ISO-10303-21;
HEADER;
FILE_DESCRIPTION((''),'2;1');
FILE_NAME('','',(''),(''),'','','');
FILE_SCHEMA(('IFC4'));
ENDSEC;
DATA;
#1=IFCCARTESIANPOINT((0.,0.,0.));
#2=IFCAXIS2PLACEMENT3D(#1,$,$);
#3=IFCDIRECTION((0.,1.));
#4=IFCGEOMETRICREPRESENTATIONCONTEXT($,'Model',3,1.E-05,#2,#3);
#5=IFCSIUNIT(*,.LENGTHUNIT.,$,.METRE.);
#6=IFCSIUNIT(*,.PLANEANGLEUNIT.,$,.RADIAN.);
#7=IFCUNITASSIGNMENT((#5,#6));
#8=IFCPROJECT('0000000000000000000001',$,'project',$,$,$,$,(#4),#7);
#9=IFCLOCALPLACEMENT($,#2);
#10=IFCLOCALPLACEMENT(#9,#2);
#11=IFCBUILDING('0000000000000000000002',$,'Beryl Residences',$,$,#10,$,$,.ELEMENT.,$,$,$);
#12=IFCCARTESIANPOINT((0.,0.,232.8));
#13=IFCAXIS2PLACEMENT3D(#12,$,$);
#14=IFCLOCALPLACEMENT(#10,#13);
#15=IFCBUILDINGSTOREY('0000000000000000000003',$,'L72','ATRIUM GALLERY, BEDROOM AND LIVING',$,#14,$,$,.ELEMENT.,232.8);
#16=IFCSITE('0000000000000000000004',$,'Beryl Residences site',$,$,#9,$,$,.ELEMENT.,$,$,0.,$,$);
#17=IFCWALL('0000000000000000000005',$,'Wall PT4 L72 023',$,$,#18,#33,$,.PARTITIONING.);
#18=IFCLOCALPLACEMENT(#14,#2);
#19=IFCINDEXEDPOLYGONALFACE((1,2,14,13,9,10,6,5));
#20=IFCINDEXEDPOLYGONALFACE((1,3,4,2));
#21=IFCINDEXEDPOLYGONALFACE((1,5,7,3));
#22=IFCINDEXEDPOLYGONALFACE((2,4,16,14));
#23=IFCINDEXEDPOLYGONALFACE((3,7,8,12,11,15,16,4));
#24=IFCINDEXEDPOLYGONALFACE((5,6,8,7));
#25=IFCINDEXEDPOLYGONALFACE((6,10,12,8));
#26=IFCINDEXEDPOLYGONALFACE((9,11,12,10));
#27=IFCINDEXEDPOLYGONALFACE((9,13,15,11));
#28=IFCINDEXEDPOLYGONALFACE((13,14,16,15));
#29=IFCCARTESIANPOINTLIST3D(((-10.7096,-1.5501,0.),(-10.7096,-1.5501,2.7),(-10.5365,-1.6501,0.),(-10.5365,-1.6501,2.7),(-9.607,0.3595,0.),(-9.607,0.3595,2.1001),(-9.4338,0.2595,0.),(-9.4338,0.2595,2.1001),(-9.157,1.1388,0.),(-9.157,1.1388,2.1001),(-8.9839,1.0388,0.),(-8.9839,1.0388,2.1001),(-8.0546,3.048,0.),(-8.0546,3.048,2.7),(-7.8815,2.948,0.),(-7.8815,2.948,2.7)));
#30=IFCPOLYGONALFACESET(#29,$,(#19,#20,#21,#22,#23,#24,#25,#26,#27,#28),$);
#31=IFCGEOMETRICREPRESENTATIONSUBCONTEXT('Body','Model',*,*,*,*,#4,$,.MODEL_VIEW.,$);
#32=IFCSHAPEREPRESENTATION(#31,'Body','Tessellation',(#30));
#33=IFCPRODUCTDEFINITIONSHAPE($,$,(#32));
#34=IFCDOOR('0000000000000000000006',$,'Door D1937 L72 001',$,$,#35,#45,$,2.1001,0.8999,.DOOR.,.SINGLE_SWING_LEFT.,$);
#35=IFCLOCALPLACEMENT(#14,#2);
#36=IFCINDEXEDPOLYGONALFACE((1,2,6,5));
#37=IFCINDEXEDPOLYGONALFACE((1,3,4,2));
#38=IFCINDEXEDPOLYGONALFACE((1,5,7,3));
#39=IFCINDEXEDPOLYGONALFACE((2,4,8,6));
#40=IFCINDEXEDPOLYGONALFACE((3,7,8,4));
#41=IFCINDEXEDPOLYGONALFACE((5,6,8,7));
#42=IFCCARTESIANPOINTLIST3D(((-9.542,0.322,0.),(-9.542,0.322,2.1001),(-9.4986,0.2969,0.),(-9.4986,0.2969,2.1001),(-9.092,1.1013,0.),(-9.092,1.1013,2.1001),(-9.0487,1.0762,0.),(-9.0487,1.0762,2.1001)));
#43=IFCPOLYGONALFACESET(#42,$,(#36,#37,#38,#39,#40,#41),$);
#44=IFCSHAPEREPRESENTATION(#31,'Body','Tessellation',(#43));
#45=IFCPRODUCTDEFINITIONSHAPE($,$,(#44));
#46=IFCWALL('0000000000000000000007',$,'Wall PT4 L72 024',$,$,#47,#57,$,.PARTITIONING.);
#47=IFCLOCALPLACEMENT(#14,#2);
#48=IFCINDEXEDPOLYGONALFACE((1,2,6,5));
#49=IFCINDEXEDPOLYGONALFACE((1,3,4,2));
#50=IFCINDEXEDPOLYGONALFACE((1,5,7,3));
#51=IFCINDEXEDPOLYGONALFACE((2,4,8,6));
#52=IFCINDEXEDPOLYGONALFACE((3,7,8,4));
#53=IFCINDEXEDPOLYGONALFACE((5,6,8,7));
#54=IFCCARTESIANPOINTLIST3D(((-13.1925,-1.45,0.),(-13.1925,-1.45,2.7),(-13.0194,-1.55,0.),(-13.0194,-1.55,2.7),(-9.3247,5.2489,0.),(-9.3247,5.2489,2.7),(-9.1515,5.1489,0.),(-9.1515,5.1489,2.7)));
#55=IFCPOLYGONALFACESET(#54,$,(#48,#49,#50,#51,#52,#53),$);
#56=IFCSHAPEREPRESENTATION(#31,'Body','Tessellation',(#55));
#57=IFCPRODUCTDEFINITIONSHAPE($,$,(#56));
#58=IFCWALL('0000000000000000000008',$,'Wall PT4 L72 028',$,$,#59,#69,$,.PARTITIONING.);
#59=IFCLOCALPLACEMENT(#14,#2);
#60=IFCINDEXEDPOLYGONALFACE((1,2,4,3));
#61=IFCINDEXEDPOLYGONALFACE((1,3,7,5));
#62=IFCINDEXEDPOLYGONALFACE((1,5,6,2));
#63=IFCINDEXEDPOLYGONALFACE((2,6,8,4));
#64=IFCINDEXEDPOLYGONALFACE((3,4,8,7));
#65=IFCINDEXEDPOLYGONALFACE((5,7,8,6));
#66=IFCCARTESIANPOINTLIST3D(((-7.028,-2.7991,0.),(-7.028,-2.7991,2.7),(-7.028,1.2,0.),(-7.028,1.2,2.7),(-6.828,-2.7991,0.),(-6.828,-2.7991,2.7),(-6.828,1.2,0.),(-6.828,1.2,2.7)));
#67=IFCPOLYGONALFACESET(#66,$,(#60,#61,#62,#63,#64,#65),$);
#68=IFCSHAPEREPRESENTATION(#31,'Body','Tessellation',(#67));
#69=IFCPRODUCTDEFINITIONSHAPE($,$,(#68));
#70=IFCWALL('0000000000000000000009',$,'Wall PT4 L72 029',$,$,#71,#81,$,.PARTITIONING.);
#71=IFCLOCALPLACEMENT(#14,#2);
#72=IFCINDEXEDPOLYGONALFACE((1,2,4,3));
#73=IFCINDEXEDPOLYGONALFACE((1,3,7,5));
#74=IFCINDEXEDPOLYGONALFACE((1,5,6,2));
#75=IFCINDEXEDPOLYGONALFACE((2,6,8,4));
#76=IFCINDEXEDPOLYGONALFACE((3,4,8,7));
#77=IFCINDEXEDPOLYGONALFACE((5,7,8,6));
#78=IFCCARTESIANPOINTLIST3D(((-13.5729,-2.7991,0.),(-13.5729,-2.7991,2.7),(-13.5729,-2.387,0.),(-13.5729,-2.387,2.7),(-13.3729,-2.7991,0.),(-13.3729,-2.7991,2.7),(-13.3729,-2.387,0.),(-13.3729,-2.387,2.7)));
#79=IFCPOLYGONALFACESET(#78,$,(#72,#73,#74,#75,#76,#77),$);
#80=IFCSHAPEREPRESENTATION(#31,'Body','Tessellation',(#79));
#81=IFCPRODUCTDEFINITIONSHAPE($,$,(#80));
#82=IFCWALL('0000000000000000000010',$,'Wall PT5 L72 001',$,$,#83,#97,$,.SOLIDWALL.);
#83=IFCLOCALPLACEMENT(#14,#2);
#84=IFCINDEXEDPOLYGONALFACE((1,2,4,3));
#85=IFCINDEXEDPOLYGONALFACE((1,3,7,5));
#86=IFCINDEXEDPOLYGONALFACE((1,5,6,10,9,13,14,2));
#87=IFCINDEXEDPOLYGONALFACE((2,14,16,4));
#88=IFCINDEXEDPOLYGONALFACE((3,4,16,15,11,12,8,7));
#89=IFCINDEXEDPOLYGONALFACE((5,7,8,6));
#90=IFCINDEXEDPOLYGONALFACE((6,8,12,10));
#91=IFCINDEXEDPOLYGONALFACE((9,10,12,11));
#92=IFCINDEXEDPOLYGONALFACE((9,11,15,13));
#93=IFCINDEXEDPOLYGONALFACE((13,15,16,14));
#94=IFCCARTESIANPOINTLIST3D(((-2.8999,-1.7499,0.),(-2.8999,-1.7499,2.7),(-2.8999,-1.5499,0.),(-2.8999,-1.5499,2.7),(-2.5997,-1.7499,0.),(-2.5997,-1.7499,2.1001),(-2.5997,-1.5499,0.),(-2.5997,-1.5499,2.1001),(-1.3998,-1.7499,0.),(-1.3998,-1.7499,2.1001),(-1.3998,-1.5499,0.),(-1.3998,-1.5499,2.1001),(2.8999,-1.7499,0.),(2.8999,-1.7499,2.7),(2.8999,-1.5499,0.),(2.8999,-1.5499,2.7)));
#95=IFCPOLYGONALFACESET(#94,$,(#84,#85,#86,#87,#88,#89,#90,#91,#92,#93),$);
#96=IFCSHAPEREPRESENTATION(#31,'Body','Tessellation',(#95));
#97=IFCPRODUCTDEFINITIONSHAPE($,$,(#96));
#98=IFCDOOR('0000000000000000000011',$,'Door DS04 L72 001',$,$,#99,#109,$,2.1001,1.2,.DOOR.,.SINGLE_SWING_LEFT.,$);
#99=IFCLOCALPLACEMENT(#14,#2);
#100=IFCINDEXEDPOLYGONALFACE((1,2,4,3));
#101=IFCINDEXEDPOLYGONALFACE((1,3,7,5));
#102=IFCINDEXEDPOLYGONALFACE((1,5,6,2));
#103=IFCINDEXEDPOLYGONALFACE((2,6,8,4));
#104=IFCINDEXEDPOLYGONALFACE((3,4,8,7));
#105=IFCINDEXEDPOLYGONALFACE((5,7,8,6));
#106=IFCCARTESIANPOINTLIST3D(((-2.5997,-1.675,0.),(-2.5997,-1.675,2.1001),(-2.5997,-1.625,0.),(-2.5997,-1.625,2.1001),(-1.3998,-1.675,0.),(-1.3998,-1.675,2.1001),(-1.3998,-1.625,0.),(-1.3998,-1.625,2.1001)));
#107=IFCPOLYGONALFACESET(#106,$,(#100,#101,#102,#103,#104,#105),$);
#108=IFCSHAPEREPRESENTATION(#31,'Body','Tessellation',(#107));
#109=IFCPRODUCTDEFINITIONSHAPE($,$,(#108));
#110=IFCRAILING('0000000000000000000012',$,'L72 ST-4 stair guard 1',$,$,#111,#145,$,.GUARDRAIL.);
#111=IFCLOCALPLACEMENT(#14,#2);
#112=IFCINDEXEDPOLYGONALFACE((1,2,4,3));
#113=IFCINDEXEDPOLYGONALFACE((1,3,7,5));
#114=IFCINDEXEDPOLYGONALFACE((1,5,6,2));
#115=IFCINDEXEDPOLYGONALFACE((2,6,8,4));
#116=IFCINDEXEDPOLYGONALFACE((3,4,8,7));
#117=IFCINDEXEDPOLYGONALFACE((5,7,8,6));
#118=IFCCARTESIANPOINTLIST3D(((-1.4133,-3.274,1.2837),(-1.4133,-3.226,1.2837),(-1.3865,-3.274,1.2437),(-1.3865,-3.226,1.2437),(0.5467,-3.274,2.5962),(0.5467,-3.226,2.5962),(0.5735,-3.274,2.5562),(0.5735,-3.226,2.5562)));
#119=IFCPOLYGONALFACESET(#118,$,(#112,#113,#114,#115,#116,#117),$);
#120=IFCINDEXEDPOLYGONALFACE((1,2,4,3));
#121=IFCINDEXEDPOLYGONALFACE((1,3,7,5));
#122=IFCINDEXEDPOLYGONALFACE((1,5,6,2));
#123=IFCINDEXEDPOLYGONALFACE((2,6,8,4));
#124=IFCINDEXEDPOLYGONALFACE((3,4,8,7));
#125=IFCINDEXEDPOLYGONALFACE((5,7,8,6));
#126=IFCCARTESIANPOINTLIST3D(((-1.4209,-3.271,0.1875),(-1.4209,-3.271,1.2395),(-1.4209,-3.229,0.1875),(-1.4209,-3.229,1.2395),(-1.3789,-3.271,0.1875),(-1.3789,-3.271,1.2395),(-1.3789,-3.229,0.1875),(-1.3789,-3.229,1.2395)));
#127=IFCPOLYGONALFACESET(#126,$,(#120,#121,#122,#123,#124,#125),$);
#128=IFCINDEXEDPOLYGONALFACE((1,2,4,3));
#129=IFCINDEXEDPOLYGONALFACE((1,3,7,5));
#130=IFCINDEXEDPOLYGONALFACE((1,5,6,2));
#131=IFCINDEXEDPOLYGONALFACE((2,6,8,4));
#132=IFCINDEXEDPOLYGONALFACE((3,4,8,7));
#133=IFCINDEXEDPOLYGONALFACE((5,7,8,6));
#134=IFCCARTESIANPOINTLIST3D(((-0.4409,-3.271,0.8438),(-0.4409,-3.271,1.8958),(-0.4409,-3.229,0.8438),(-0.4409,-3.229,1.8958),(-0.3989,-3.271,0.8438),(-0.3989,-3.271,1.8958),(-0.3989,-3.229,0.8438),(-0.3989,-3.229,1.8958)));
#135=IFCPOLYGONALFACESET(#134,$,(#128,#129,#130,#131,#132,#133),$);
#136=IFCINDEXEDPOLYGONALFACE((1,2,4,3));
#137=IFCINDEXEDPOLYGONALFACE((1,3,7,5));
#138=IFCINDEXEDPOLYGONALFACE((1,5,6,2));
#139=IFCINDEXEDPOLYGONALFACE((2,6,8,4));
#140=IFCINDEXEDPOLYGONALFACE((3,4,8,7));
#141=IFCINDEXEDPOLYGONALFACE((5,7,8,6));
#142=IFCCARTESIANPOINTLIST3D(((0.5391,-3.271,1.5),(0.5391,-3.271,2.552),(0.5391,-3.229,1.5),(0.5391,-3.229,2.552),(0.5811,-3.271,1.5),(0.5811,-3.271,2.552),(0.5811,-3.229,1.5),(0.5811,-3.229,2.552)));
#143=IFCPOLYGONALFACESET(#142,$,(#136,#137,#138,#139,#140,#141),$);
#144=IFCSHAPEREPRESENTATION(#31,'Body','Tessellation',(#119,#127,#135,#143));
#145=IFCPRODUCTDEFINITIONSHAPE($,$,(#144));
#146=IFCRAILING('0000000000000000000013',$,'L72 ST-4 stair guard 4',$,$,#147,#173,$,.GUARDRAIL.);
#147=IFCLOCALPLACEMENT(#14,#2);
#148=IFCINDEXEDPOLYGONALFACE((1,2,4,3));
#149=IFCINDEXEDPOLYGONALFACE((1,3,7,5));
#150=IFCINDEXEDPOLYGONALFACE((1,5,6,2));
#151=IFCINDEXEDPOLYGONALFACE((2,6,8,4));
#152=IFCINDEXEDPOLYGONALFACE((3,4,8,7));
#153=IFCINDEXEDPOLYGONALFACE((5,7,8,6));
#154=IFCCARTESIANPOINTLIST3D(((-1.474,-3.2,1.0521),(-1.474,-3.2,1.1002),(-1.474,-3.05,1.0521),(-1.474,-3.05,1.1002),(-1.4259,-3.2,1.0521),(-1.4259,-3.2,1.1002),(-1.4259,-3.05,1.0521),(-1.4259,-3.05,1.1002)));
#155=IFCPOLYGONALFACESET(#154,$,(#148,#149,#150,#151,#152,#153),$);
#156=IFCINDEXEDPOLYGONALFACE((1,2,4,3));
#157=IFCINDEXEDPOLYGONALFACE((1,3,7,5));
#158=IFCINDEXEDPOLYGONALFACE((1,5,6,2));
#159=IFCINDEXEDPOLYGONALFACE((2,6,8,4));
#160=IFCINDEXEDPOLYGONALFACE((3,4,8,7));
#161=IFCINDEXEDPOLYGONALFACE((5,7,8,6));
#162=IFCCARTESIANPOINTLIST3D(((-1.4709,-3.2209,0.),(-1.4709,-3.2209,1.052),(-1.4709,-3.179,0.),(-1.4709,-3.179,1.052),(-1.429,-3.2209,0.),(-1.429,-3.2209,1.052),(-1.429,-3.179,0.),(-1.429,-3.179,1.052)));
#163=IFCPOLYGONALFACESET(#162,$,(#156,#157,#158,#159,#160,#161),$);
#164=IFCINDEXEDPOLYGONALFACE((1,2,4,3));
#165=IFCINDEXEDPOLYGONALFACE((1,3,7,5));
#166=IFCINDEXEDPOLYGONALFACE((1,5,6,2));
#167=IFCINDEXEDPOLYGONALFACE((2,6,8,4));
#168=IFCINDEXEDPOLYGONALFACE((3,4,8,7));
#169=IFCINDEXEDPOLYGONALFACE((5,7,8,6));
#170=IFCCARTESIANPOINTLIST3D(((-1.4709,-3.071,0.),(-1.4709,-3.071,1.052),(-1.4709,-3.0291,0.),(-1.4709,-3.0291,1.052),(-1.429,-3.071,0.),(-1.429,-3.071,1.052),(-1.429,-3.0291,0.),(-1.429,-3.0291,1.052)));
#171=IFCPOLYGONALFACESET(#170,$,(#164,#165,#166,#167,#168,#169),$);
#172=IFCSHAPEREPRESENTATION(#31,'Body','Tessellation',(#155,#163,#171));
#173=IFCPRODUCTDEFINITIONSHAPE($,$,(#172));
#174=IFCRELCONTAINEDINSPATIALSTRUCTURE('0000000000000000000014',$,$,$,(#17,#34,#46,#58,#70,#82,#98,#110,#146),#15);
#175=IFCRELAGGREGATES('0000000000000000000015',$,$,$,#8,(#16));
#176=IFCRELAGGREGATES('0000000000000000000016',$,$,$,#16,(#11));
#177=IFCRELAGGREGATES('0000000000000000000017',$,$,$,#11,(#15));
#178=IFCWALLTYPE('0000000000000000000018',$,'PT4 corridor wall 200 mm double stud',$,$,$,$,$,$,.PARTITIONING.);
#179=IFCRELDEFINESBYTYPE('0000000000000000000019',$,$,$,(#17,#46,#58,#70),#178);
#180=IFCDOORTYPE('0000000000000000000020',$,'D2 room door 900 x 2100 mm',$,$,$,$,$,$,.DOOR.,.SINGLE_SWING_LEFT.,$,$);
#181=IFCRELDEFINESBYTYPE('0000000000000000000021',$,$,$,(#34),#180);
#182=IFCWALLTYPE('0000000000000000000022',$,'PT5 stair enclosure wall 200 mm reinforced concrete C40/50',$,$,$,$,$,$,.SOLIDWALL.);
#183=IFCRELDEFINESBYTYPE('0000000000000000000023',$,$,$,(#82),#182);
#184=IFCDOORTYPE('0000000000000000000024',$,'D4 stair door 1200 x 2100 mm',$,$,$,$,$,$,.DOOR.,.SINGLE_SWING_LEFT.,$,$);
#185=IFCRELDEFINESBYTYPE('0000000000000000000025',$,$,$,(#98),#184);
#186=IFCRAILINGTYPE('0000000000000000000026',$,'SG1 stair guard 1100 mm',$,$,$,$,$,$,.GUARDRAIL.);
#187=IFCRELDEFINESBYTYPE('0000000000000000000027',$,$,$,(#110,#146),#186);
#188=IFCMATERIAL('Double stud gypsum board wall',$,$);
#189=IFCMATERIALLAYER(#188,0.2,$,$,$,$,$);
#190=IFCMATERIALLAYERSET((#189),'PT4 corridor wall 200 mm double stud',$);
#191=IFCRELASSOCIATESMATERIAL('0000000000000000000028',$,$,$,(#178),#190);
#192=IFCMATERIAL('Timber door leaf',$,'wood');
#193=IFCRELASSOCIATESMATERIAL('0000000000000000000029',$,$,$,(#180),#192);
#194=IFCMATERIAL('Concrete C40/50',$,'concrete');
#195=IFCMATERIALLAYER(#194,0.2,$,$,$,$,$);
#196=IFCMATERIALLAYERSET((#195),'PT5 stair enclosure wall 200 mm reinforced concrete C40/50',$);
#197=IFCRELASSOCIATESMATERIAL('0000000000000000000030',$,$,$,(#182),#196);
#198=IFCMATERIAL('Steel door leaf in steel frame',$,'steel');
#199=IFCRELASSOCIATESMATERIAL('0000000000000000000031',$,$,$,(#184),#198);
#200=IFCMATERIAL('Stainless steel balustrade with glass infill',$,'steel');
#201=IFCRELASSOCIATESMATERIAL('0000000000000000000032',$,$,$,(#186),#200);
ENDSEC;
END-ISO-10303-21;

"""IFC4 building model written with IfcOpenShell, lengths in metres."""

from ifc_helpers import new_model, si_unit, direction, frame, frame_2d, origin, origin_2d, place, context, subcontext, project, spatial, rectangle, extrude, material, layer, layer_set, type_object, element, fill, save


model = new_model("IFC4")

# Units and contexts
model_context = context("Model", 3, precision=1e-05, world=origin(), true_north=direction((0.0, 1.0)))
body_context = subcontext(model_context, "Body", "Model", "MODEL_VIEW")
ifc_project = project(units=[si_unit("LENGTHUNIT", "METRE"), si_unit("PLANEANGLEUNIT", "RADIAN")], contexts=[model_context])

# Site, building, storey
site_placement = place(None, origin())
site = spatial("IfcSite", under=ifc_project, at=site_placement, Name="Beryl Residences site", CompositionType="ELEMENT", RefElevation=0.0)
building_placement = place(site_placement, origin())
building = spatial("IfcBuilding", under=site, at=building_placement, Name="Beryl Residences", CompositionType="ELEMENT")
storey_placement = place(building_placement, frame((0.0, 0.0, 232.8)))
storey = spatial("IfcBuildingStorey", under=building, at=storey_placement, Name="L72", Description="ATRIUM GALLERY, BEDROOM AND LIVING", CompositionType="ELEMENT", Elevation=232.8)

# Shared definitions
ifc_material_1 = material(Name="Double stud gypsum board wall")
ifc_layer_1 = layer(ifc_material_1, 0.2)
ifc_layer_set_1 = layer_set([ifc_layer_1], Name="PT4 corridor wall 200 mm double stud")
wall_type_1 = type_object("IfcWallType", Name="PT4 corridor wall 200 mm double stud", PredefinedType="PARTITIONING", material=ifc_layer_set_1)

# Wall, opening, door
wall_1_placement = place(storey_placement, frame((-10.623, -1.6001, 0.0), z_axis=(0.0, 0.0, 1.0), x_axis=(0.500041, 0.866002, 0.0)))
wall_1 = element("IfcWall", 1, at=wall_1_placement, inside=storey, type_object=wall_type_1, Name="Wall PT4 L72 023", PredefinedType="PARTITIONING", context=body_context, shape_type="SweptSolid", body=[
    extrude(rectangle(XDim=5.3096, YDim=0.2, at=frame_2d((2.6548, 0.0))), origin(), (0.0, 0.0, 1.0), 2.7),
])
opening_1_placement = place(wall_1_placement, frame((2.2051, 0.0, 0.0)))
opening_1 = element("IfcOpeningElement", 2, at=opening_1_placement, cuts=wall_1, PredefinedType="OPENING", context=body_context, shape_type="SweptSolid", body=[
    extrude(rectangle(XDim=0.8999, YDim=2.1001, at=frame_2d((0.45, 1.05))), frame((0.0, 0.1099, 0.0), z_axis=(0.0, -1.0, 0.0), x_axis=(1.0, 0.0, 0.0)), (0.0, 0.0, 1.0), 0.22),
])
ifc_material_2 = material(Name="Timber door leaf", Category="wood")
door_type_1 = type_object("IfcDoorType", Name="D2 room door 900 x 2100 mm", OperationType="SINGLE_SWING_LEFT", PredefinedType="DOOR", material=ifc_material_2)
door_1_placement = place(opening_1_placement, origin())
door_1 = element("IfcDoor", 3, at=door_1_placement, inside=storey, type_object=door_type_1, Name="Door D1937 L72 001", OperationType="SINGLE_SWING_LEFT", OverallHeight=2.1001, OverallWidth=0.8999, PredefinedType="DOOR", context=body_context, shape_type="SweptSolid", body=[
    extrude(rectangle(XDim=0.8999, YDim=2.1001, at=frame_2d((0.45, 1.05))), frame((0.0, 0.0249, 0.0), z_axis=(0.0, -1.0, 0.0), x_axis=(1.0, 0.0, 0.0)), (0.0, 0.0, 1.0), 0.05),
])
fill(opening_1, door_1)

# Walls
wall_2_placement = place(storey_placement, frame((-13.106, -1.5, 0.0), z_axis=(0.0, 0.0, 1.0), x_axis=(0.500026, 0.866011, 0.0)))
element("IfcWall", 4, at=wall_2_placement, inside=storey, type_object=wall_type_1, Name="Wall PT4 L72 024", PredefinedType="PARTITIONING", context=body_context, shape_type="SweptSolid", body=[
    extrude(rectangle(XDim=7.7354, YDim=0.2, at=frame_2d((3.8677, 0.0))), origin(), (0.0, 0.0, 1.0), 2.7),
])
wall_3_placement = place(storey_placement, frame((-6.928, -2.7991, 0.0), z_axis=(0.0, 0.0, 1.0), x_axis=(0.0, 1.0, 0.0)))
element("IfcWall", 5, at=wall_3_placement, inside=storey, type_object=wall_type_1, Name="Wall PT4 L72 028", PredefinedType="PARTITIONING", context=body_context, shape_type="SweptSolid", body=[
    extrude(rectangle(XDim=3.999, YDim=0.2, at=frame_2d((1.9995, 0.0))), origin(), (0.0, 0.0, 1.0), 2.7),
])
wall_4_placement = place(storey_placement, frame((-13.4729, -2.7991, 0.0), z_axis=(0.0, 0.0, 1.0), x_axis=(0.0, 1.0, 0.0)))
element("IfcWall", 6, at=wall_4_placement, inside=storey, type_object=wall_type_1, Name="Wall PT4 L72 029", PredefinedType="PARTITIONING", context=body_context, shape_type="SweptSolid", body=[
    extrude(rectangle(XDim=0.4121, YDim=0.2, at=frame_2d((0.2061, 0.0))), origin(), (0.0, 0.0, 1.0), 2.7),
])

# Wall, opening, door
ifc_material_3 = material(Name="Concrete C40/50", Category="concrete")
ifc_layer_2 = layer(ifc_material_3, 0.2)
ifc_layer_set_2 = layer_set([ifc_layer_2], Name="PT5 stair enclosure wall 200 mm reinforced concrete C40/50")
wall_type_2 = type_object("IfcWallType", Name="PT5 stair enclosure wall 200 mm reinforced concrete C40/50", PredefinedType="SOLIDWALL", material=ifc_layer_set_2)
wall_5_placement = place(storey_placement, frame((-2.8999, -1.6499, 0.0), z_axis=(0.0, 0.0, 1.0), x_axis=(1.0, 0.0, 0.0)))
wall_5 = element("IfcWall", 7, at=wall_5_placement, inside=storey, type_object=wall_type_2, Name="Wall PT5 L72 001", PredefinedType="SOLIDWALL", context=body_context, shape_type="SweptSolid", body=[
    extrude(rectangle(XDim=5.7998, YDim=0.2, at=frame_2d((2.8999, 0.0))), origin(), (0.0, 0.0, 1.0), 2.7),
])
opening_2_placement = place(wall_5_placement, frame((0.3, 0.0, 0.0)))
opening_2 = element("IfcOpeningElement", 8, at=opening_2_placement, cuts=wall_5, PredefinedType="OPENING", context=body_context, shape_type="SweptSolid", body=[
    extrude(rectangle(XDim=1.2, YDim=2.1001, at=frame_2d((0.6001, 1.05))), frame((0.0, 0.1099, 0.0), z_axis=(0.0, -1.0, 0.0), x_axis=(1.0, 0.0, 0.0)), (0.0, 0.0, 1.0), 0.22),
])
ifc_material_4 = material(Name="Steel door leaf in steel frame", Category="steel")
door_type_2 = type_object("IfcDoorType", Name="D4 stair door 1200 x 2100 mm", OperationType="SINGLE_SWING_LEFT", PredefinedType="DOOR", material=ifc_material_4)
door_2_placement = place(opening_2_placement, origin())
door_2 = element("IfcDoor", 9, at=door_2_placement, inside=storey, type_object=door_type_2, Name="Door DS04 L72 001", OperationType="SINGLE_SWING_LEFT", OverallHeight=2.1001, OverallWidth=1.2, PredefinedType="DOOR", context=body_context, shape_type="SweptSolid", body=[
    extrude(rectangle(XDim=1.2, YDim=2.1001, at=frame_2d((0.6001, 1.05))), frame((0.0, 0.0249, 0.0), z_axis=(0.0, -1.0, 0.0), x_axis=(1.0, 0.0, 0.0)), (0.0, 0.0, 1.0), 0.05),
])
fill(opening_2, door_2)

# Railings
ifc_material_5 = material(Name="Stainless steel balustrade with glass infill", Category="steel")
railing_type = type_object("IfcRailingType", Name="SG1 stair guard 1100 mm", PredefinedType="GUARDRAIL", material=ifc_material_5)
railing_1_placement = place(storey_placement, frame((-1.3999, -3.25, 0.1875)))
element("IfcRailing", 10, at=railing_1_placement, inside=storey, type_object=railing_type, Name="L72 ST-4 stair guard 1", PredefinedType="GUARDRAIL", context=body_context, shape_type="SweptSolid", body=[
    extrude(rectangle(XDim=0.0481, YDim=0.0481, at=origin_2d()), frame((0.0, 0.0, 1.0762), z_axis=(0.830902, 0.0, 0.556419), x_axis=(0.0, 1.0, 0.0)), (0.0, 0.0, 1.0), 2.3589),
    extrude(rectangle(XDim=0.042, YDim=0.042, at=origin_2d()), origin(), (0.0, 0.0, 1.0), 1.052),
    extrude(rectangle(XDim=0.042, YDim=0.042, at=origin_2d()), frame((0.98, 0.0, 0.6562)), (0.0, 0.0, 1.0), 1.052),
    extrude(rectangle(XDim=0.042, YDim=0.042, at=origin_2d()), frame((1.96, 0.0, 1.3125)), (0.0, 0.0, 1.0), 1.052),
])
railing_2_placement = place(storey_placement, frame((-1.45, -3.2, 0.0)))
element("IfcRailing", 11, at=railing_2_placement, inside=storey, type_object=railing_type, Name="L72 ST-4 stair guard 4", PredefinedType="GUARDRAIL", context=body_context, shape_type="SweptSolid", body=[
    extrude(rectangle(XDim=0.0481, YDim=0.0481, at=origin_2d()), frame((0.0, 0.0, 1.0762), z_axis=(0.0, 1.0, 0.0), x_axis=(-1.0, 0.0, 0.0)), (0.0, 0.0, 1.0), 0.1499),
    extrude(rectangle(XDim=0.042, YDim=0.042, at=origin_2d()), origin(), (0.0, 0.0, 1.0), 1.052),
    extrude(rectangle(XDim=0.042, YDim=0.042, at=origin_2d()), frame((0.0, 0.1499, 0.0)), (0.0, 0.0, 1.0), 1.052),
])

save(model, "model.ifc")
